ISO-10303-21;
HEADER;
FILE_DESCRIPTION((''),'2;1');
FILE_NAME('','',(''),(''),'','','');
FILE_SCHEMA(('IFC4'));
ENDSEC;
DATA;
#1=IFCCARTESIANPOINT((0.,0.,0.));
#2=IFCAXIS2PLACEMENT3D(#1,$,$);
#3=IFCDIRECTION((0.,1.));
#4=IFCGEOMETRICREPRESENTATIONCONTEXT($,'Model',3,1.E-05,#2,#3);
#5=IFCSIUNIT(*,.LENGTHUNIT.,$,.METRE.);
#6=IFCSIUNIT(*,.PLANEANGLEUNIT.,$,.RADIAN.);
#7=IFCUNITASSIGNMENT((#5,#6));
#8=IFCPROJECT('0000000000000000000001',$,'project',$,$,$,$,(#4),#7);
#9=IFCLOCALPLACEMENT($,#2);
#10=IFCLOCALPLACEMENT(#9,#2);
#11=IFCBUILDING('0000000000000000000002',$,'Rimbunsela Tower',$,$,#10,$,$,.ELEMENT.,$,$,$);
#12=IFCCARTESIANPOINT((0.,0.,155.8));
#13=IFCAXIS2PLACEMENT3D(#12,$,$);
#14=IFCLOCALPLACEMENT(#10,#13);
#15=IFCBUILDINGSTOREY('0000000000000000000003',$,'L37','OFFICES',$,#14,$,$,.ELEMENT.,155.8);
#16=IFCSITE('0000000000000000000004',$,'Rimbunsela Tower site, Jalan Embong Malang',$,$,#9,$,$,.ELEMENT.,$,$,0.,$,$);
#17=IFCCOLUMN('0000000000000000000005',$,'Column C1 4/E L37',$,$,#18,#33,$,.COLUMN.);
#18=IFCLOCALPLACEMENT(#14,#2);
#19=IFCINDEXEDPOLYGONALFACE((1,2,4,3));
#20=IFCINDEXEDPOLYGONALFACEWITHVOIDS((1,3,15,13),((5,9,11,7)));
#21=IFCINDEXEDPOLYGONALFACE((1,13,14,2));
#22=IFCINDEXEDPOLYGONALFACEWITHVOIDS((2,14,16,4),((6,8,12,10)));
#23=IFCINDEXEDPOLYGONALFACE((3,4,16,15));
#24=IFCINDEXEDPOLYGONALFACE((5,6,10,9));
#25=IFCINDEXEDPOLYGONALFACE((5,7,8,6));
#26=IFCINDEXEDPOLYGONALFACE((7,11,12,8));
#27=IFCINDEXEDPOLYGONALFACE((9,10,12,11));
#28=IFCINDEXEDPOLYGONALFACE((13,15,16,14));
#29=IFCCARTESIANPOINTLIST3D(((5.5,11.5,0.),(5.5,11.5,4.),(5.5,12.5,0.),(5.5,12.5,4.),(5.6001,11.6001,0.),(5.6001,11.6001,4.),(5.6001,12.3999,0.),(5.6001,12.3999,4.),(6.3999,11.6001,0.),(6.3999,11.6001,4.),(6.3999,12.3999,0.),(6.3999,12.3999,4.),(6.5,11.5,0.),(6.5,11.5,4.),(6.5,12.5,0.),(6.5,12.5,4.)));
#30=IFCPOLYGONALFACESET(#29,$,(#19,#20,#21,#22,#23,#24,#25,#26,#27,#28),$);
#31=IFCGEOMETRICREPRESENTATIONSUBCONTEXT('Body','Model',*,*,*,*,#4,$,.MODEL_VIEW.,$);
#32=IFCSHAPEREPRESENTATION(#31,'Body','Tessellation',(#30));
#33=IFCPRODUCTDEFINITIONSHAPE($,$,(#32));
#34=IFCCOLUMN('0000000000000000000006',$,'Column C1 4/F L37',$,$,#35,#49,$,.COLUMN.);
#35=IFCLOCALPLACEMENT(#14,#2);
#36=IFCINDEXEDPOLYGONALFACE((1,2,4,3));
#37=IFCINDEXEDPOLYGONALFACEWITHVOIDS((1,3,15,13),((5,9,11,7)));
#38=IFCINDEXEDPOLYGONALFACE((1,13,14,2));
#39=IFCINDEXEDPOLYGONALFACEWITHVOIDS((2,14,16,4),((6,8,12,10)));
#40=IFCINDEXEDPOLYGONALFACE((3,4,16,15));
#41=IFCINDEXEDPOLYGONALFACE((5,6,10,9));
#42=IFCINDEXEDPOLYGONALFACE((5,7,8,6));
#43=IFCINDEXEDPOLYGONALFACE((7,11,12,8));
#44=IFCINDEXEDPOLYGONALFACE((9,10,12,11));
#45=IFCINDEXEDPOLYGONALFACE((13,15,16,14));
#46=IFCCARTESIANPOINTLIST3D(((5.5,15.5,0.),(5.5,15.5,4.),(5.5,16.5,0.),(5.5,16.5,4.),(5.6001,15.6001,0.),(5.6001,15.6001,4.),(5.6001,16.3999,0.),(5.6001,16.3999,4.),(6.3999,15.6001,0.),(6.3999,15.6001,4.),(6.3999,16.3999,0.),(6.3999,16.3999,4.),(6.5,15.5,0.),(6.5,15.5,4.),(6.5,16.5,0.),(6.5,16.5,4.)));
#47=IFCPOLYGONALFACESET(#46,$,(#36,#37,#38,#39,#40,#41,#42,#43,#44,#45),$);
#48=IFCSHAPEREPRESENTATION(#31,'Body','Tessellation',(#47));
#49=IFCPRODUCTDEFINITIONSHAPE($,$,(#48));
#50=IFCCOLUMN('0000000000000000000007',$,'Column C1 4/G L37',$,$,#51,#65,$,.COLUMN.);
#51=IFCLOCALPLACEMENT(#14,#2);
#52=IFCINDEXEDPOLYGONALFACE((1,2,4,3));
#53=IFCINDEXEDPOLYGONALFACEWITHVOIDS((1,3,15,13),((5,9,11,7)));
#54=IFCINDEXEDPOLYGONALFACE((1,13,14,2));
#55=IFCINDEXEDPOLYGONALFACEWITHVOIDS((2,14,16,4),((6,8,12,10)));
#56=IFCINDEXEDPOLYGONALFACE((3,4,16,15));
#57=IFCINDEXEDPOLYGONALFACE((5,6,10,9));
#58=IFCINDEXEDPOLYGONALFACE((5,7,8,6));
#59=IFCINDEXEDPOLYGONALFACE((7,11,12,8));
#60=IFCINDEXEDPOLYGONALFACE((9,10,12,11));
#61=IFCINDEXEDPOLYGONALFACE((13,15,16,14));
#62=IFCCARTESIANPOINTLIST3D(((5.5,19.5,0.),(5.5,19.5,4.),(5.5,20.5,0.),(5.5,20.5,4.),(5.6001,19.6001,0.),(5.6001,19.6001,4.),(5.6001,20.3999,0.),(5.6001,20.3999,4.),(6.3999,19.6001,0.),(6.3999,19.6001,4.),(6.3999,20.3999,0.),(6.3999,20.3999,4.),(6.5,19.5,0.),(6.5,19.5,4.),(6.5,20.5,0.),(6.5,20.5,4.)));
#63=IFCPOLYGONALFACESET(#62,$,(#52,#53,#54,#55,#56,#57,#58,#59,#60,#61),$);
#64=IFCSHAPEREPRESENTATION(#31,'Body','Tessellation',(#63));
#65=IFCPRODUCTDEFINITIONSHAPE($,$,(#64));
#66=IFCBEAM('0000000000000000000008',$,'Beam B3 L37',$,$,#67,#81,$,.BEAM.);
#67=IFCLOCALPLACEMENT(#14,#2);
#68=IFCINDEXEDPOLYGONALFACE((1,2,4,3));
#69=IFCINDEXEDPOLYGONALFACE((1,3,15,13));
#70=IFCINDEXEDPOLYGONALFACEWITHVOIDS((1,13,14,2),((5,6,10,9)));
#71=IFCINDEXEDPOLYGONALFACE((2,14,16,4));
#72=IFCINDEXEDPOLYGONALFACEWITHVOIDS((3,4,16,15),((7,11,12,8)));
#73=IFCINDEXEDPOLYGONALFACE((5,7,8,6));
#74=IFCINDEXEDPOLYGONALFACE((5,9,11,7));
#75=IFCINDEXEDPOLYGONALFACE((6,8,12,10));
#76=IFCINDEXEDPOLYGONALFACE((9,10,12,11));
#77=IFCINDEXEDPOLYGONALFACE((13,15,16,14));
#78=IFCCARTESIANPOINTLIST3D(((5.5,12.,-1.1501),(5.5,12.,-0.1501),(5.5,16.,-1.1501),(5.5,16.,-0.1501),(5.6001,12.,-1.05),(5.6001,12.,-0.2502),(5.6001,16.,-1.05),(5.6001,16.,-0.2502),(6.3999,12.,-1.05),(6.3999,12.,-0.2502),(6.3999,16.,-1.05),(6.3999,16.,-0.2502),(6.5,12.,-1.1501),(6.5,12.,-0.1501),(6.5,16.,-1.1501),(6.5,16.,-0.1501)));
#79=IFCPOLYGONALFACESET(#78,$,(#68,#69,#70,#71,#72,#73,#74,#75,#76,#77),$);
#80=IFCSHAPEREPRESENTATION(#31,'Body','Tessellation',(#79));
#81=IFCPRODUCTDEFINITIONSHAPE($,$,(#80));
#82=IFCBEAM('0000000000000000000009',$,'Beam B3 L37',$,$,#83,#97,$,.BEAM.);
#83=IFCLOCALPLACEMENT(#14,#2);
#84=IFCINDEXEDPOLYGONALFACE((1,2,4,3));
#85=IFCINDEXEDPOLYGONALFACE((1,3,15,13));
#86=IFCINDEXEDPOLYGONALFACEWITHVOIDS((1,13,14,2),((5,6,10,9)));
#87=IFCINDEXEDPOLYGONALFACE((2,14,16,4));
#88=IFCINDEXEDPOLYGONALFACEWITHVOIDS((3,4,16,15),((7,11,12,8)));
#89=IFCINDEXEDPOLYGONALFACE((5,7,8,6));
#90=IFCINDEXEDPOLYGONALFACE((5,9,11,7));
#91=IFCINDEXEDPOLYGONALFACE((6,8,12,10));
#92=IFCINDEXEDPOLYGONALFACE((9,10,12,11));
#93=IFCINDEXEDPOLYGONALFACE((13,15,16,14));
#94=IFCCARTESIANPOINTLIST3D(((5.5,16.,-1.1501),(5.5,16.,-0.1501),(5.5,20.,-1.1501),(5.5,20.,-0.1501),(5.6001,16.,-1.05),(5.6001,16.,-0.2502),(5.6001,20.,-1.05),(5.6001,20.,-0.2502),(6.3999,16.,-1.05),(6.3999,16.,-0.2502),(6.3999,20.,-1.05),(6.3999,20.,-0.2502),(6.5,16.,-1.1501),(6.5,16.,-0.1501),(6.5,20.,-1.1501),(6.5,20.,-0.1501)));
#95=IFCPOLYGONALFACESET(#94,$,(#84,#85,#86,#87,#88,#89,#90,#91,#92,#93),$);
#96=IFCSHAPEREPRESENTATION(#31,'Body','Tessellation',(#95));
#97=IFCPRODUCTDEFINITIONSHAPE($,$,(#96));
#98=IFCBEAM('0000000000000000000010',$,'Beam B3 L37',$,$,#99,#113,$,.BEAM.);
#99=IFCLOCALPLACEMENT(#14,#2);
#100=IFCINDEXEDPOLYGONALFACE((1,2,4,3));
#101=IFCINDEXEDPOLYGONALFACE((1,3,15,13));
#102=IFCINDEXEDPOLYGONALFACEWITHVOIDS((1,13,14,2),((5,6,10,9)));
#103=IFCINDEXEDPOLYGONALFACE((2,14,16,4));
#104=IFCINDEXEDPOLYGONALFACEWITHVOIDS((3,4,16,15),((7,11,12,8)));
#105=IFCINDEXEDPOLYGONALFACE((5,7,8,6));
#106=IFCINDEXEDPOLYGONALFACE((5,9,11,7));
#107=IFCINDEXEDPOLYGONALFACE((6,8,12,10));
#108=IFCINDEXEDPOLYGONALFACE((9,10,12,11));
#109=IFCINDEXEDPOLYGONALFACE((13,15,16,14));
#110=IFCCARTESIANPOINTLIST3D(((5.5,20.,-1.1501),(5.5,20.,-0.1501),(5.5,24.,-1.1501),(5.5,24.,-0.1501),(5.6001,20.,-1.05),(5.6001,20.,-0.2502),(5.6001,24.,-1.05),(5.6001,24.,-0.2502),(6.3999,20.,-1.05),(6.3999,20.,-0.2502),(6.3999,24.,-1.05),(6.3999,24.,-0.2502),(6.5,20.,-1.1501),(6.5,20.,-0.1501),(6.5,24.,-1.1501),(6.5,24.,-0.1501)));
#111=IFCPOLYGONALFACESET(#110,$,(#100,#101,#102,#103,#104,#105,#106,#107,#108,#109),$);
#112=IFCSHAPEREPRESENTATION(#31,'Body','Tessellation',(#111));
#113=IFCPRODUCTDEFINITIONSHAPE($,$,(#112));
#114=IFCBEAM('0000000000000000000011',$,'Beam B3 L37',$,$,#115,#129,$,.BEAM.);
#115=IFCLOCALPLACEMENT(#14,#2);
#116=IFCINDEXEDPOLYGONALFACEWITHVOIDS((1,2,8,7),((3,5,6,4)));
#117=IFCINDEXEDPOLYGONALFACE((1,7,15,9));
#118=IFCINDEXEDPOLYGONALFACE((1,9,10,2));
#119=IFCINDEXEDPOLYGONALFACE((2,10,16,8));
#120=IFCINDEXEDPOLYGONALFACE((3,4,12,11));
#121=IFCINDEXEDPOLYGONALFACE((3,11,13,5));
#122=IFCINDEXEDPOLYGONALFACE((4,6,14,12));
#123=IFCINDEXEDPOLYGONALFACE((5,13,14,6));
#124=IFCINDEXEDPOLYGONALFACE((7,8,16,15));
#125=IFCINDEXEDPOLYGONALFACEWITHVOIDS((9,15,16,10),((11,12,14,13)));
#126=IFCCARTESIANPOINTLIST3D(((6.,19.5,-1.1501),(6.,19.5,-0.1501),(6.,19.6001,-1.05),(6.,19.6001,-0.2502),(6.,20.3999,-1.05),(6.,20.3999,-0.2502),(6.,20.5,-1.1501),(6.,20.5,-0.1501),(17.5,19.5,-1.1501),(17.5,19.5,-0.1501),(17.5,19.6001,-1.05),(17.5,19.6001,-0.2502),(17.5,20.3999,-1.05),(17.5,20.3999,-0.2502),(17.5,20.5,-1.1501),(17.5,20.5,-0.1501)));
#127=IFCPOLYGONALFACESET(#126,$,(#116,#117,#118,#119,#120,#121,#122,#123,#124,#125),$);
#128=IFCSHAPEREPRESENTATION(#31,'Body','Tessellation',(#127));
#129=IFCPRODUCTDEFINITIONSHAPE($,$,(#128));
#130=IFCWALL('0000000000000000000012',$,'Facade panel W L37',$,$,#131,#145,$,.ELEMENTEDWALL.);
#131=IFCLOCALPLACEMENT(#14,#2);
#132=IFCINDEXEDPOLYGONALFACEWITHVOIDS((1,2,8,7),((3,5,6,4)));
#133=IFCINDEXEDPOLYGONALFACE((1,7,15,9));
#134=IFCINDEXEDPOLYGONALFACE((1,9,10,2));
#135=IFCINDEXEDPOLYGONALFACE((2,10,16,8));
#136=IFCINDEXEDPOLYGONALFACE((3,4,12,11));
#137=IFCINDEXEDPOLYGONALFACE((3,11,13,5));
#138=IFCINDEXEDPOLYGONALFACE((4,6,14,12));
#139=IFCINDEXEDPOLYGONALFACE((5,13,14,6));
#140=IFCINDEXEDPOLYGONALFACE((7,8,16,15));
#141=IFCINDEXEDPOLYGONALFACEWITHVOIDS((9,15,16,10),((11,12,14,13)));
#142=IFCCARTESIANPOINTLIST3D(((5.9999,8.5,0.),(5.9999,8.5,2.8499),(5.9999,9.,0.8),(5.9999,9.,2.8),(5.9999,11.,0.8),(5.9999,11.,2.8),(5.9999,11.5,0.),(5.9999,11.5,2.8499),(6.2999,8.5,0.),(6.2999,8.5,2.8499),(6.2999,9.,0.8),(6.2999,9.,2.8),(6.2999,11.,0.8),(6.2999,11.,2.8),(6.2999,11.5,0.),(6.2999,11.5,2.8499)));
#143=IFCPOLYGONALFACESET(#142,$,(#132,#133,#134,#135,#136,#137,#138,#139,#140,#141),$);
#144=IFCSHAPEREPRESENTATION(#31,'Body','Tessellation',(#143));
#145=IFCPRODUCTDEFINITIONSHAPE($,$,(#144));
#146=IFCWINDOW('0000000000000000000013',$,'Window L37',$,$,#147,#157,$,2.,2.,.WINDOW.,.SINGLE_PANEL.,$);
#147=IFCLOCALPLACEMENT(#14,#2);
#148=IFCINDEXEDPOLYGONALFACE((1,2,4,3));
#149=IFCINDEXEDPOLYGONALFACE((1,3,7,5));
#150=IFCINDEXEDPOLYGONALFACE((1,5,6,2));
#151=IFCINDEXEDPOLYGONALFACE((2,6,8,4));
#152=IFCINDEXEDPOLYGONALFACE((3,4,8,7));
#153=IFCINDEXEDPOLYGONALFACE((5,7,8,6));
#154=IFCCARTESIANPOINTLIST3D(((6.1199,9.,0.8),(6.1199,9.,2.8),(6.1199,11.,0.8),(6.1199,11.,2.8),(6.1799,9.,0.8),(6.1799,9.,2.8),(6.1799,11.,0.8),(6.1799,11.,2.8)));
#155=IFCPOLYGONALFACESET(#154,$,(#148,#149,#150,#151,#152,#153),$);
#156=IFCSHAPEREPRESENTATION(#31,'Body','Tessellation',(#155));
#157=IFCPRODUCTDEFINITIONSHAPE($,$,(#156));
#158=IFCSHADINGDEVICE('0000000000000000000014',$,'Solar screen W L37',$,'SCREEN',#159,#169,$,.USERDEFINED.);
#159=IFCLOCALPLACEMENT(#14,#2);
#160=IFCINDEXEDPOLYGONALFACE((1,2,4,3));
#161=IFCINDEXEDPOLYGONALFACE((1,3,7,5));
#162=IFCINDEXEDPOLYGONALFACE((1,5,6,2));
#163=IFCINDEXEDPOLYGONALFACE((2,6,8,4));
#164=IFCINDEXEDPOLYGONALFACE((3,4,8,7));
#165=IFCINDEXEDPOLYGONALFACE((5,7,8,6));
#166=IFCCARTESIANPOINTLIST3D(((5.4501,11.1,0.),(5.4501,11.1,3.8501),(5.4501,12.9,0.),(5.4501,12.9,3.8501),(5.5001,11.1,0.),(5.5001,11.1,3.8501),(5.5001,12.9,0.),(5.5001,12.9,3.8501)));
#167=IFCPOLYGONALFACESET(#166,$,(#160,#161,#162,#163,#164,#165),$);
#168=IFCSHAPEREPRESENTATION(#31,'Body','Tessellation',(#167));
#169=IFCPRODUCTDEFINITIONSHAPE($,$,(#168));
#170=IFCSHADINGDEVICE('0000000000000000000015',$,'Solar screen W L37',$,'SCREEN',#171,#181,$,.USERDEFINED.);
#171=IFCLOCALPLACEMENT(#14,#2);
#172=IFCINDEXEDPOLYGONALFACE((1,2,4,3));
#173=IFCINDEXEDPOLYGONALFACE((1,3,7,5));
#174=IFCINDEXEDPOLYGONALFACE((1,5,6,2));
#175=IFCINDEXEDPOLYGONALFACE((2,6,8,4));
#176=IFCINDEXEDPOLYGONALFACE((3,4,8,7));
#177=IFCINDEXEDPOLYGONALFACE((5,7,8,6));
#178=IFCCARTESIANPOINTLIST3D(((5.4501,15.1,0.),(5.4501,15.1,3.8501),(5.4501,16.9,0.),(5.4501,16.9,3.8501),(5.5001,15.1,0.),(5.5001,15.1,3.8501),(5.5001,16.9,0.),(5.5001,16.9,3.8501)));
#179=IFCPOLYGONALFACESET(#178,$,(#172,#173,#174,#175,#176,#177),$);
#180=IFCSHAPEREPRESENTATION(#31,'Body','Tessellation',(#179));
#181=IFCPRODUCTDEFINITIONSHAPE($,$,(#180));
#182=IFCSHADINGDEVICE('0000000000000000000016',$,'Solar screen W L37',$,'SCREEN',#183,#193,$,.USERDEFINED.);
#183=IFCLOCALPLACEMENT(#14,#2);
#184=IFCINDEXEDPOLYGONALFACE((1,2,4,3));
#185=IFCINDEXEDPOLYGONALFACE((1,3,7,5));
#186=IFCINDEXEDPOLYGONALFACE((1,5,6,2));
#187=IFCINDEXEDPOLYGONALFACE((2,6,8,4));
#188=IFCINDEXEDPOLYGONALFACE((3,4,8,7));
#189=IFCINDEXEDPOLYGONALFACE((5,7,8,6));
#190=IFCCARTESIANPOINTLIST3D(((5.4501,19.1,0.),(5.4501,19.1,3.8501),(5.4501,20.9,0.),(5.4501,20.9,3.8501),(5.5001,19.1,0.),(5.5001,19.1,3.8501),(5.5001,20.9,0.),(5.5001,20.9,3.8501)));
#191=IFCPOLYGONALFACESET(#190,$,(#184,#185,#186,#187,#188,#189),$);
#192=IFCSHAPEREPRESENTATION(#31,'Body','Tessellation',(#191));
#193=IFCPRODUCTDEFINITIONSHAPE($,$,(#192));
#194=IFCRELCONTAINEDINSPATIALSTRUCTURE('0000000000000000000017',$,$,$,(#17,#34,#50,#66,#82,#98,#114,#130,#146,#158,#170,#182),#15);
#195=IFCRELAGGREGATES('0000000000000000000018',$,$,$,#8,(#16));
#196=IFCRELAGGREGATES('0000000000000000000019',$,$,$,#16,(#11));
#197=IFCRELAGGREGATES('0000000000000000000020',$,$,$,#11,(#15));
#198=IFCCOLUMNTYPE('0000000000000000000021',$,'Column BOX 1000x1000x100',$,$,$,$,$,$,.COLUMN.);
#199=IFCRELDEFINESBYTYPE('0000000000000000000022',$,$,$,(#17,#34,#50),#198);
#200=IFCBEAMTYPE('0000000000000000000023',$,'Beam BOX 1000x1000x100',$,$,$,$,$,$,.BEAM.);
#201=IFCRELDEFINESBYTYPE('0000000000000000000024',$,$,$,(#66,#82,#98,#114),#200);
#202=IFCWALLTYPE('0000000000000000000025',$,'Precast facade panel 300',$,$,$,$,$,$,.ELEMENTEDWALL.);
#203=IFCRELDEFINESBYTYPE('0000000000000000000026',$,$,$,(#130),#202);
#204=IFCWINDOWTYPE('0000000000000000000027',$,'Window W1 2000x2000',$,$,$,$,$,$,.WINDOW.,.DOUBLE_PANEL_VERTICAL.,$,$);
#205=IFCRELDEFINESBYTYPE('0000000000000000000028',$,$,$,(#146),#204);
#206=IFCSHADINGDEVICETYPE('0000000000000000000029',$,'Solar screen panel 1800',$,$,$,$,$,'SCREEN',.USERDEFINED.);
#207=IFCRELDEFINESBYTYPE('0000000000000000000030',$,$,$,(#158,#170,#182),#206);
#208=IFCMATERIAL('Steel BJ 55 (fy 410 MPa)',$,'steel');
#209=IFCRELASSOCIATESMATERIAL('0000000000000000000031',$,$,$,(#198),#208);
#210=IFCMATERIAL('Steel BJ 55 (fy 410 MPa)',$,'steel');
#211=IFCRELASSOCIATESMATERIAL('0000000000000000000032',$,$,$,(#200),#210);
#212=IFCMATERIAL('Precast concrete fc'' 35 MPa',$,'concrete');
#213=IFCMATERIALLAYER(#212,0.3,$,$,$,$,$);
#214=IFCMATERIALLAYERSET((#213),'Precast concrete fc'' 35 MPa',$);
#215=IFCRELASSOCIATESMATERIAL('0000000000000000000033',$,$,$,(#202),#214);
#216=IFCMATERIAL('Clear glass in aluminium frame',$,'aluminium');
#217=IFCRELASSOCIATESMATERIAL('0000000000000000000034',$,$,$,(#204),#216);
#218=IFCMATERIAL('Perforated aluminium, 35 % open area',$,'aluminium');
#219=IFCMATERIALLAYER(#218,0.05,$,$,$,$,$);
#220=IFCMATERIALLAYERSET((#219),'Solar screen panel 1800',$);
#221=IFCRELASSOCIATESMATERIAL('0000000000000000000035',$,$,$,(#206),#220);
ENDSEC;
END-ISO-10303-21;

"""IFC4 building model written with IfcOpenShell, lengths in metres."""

from ifc_helpers import new_model, si_unit, direction, frame, frame_2d, origin, origin_2d, place, context, subcontext, project, spatial, rectangle, hollow_rectangle, extrude, material, layer, layer_set, material_profile, profile_set, type_object, element, fill, save


model = new_model("IFC4")

# Units and contexts
model_context = context("Model", 3, precision=1e-05, world=origin(), true_north=direction((0.0, 1.0)))
body_context = subcontext(model_context, "Body", "Model", "MODEL_VIEW")
ifc_project = project(units=[si_unit("LENGTHUNIT", "METRE"), si_unit("PLANEANGLEUNIT", "RADIAN")], contexts=[model_context])

# Site, building, storey
site_placement = place(None, origin())
site = spatial("IfcSite", under=ifc_project, at=site_placement, Name="Rimbunsela Tower site, Jalan Embong Malang", CompositionType="ELEMENT", RefElevation=0.0)
building_placement = place(site_placement, origin())
building = spatial("IfcBuilding", under=site, at=building_placement, Name="Rimbunsela Tower", CompositionType="ELEMENT")
storey_placement = place(building_placement, frame((0.0, 0.0, 155.8)))
storey = spatial("IfcBuildingStorey", under=building, at=storey_placement, Name="L37", Description="OFFICES", CompositionType="ELEMENT", Elevation=155.8)

# Columns
ifc_material_1 = material(Name="Steel BJ 55 (fy 410 MPa)", Category="steel")
ifc_material_profile_1 = material_profile(ifc_material_1, hollow_rectangle(XDim=1.0, YDim=1.0, WallThickness=0.1001, at=origin_2d()), Name="BOX 1000x1000x100")
ifc_profile_set_1 = profile_set([ifc_material_profile_1], Name="Steel BJ 55 (fy 410 MPa)")
column_type = type_object("IfcColumnType", Name="Column BOX 1000x1000x100", PredefinedType="COLUMN", material=ifc_profile_set_1)
for number, where, z_axis, x_axis, name in (
    (1, (6.0, 12.0, 0.0), (0.0, 0.0, 1.0), (1.0, 0.0, 0.0), "Column C1 4/E L37"),
    (2, (6.0, 16.0, 0.0), (0.0, 0.0, 1.0), (1.0, 0.0, 0.0), "Column C1 4/F L37"),
    (3, (6.0, 20.0, 0.0), (0.0, 0.0, 1.0), (1.0, 0.0, 0.0), "Column C1 4/G L37"),
):
    element("IfcColumn", number, at=place(storey_placement, frame(where, z_axis=z_axis, x_axis=x_axis)), inside=storey, type_object=column_type, Name=name, PredefinedType="COLUMN", context=body_context, shape_type="SweptSolid", body=[
        extrude(hollow_rectangle(XDim=1.0, YDim=1.0, WallThickness=0.1001, at=origin_2d()), origin(), (0.0, 0.0, 1.0), 4.0),
    ])

# Beams
ifc_material_2 = material(Name="Steel BJ 55 (fy 410 MPa)", Category="steel")
ifc_material_profile_2 = material_profile(ifc_material_2, hollow_rectangle(XDim=1.0, YDim=1.0, WallThickness=0.1001, at=origin_2d()), Name="BOX 1000x1000x100")
ifc_profile_set_2 = profile_set([ifc_material_profile_2], Name="Steel BJ 55 (fy 410 MPa)")
beam_type = type_object("IfcBeamType", Name="Beam BOX 1000x1000x100", PredefinedType="BEAM", material=ifc_profile_set_2)
for number, where, z_axis, x_axis, name in (
    (4, (6.0, 12.0, -0.6501), (0.0, 1.0, 0.0), (-1.0, 0.0, 0.0), "Beam B3 L37"),
    (5, (6.0, 16.0, -0.6501), (0.0, 1.0, 0.0), (-1.0, 0.0, 0.0), "Beam B3 L37"),
    (6, (6.0, 20.0, -0.6501), (0.0, 1.0, 0.0), (-1.0, 0.0, 0.0), "Beam B3 L37"),
):
    element("IfcBeam", number, at=place(storey_placement, frame(where, z_axis=z_axis, x_axis=x_axis)), inside=storey, type_object=beam_type, Name=name, PredefinedType="BEAM", context=body_context, shape_type="SweptSolid", body=[
        extrude(hollow_rectangle(XDim=1.0, YDim=1.0, WallThickness=0.1001, at=origin_2d()), origin(), (0.0, 0.0, 1.0), 4.0),
    ])
beam_placement = place(storey_placement, frame((6.0, 20.0, -0.6501), z_axis=(1.0, 0.0, 0.0), x_axis=(0.0, 1.0, 0.0)))
element("IfcBeam", 7, at=beam_placement, inside=storey, type_object=beam_type, Name="Beam B3 L37", PredefinedType="BEAM", context=body_context, shape_type="SweptSolid", body=[
    extrude(hollow_rectangle(XDim=1.0, YDim=1.0, WallThickness=0.1001, at=origin_2d()), origin(), (0.0, 0.0, 1.0), 11.5),
])

# Wall, opening, window
ifc_material_3 = material(Name="Precast concrete fc' 35 MPa", Category="concrete")
ifc_layer_1 = layer(ifc_material_3, 0.3)
ifc_layer_set_1 = layer_set([ifc_layer_1], Name="Precast concrete fc' 35 MPa")
wall_type = type_object("IfcWallType", Name="Precast facade panel 300", PredefinedType="ELEMENTEDWALL", material=ifc_layer_set_1)
wall_placement = place(storey_placement, frame((6.1499, 11.5, 0.0), z_axis=(0.0, 0.0, 1.0), x_axis=(0.0, -1.0, 0.0)))
wall = element("IfcWall", 8, at=wall_placement, inside=storey, type_object=wall_type, Name="Facade panel W L37", PredefinedType="ELEMENTEDWALL", context=body_context, shape_type="SweptSolid", body=[
    extrude(rectangle(XDim=3.0, YDim=0.3, at=frame_2d((1.5, 0.0))), origin(), (0.0, 0.0, 1.0), 2.8499),
])
opening_placement = place(wall_placement, frame((0.5, 0.0, 0.8)))
opening = element("IfcOpeningElement", 9, at=opening_placement, cuts=wall, PredefinedType="OPENING", context=body_context, shape_type="SweptSolid", body=[
    extrude(rectangle(XDim=2.0, YDim=2.0, at=frame_2d((1.0, 1.0))), frame((0.0, 0.1599, 0.0), z_axis=(0.0, -1.0, 0.0), x_axis=(1.0, 0.0, 0.0)), (0.0, 0.0, 1.0), 0.3201),
])
ifc_material_4 = material(Name="Clear glass in aluminium frame", Category="aluminium")
window_type = type_object("IfcWindowType", Name="Window W1 2000x2000", PartitioningType="DOUBLE_PANEL_VERTICAL", PredefinedType="WINDOW", material=ifc_material_4)
window_placement = place(opening_placement, origin())
window = element("IfcWindow", 10, at=window_placement, inside=storey, type_object=window_type, Name="Window L37", OverallHeight=2.0, OverallWidth=2.0, PartitioningType="SINGLE_PANEL", PredefinedType="WINDOW", context=body_context, shape_type="SweptSolid", body=[
    extrude(rectangle(XDim=2.0, YDim=2.0, at=frame_2d((1.0, 1.0))), frame((0.0, 0.03, 0.0), z_axis=(0.0, -1.0, 0.0), x_axis=(1.0, 0.0, 0.0)), (0.0, 0.0, 1.0), 0.0601),
])
fill(opening, window)

# Shading devices
ifc_material_5 = material(Name="Perforated aluminium, 35 % open area", Category="aluminium")
ifc_layer_2 = layer(ifc_material_5, 0.05)
ifc_layer_set_2 = layer_set([ifc_layer_2], Name="Solar screen panel 1800")
shading_device_type = type_object("IfcShadingDeviceType", Name="Solar screen panel 1800", ElementType="SCREEN", PredefinedType="USERDEFINED", material=ifc_layer_set_2)
for number, where, z_axis, x_axis, name in (
    (11, (5.4751, 12.0, 0.0), (0.0, 0.0, 1.0), (0.0, 1.0, 0.0), "Solar screen W L37"),
    (12, (5.4751, 16.0, 0.0), (0.0, 0.0, 1.0), (0.0, 1.0, 0.0), "Solar screen W L37"),
    (13, (5.4751, 20.0, 0.0), (0.0, 0.0, 1.0), (0.0, 1.0, 0.0), "Solar screen W L37"),
):
    element("IfcShadingDevice", number, at=place(storey_placement, frame(where, z_axis=z_axis, x_axis=x_axis)), inside=storey, type_object=shading_device_type, Name=name, ObjectType="SCREEN", PredefinedType="USERDEFINED", context=body_context, shape_type="SweptSolid", body=[
        extrude(rectangle(XDim=1.8, YDim=0.05, at=origin_2d()), origin(), (0.0, 0.0, 1.0), 3.8501),
    ])

save(model, "model.ifc")
